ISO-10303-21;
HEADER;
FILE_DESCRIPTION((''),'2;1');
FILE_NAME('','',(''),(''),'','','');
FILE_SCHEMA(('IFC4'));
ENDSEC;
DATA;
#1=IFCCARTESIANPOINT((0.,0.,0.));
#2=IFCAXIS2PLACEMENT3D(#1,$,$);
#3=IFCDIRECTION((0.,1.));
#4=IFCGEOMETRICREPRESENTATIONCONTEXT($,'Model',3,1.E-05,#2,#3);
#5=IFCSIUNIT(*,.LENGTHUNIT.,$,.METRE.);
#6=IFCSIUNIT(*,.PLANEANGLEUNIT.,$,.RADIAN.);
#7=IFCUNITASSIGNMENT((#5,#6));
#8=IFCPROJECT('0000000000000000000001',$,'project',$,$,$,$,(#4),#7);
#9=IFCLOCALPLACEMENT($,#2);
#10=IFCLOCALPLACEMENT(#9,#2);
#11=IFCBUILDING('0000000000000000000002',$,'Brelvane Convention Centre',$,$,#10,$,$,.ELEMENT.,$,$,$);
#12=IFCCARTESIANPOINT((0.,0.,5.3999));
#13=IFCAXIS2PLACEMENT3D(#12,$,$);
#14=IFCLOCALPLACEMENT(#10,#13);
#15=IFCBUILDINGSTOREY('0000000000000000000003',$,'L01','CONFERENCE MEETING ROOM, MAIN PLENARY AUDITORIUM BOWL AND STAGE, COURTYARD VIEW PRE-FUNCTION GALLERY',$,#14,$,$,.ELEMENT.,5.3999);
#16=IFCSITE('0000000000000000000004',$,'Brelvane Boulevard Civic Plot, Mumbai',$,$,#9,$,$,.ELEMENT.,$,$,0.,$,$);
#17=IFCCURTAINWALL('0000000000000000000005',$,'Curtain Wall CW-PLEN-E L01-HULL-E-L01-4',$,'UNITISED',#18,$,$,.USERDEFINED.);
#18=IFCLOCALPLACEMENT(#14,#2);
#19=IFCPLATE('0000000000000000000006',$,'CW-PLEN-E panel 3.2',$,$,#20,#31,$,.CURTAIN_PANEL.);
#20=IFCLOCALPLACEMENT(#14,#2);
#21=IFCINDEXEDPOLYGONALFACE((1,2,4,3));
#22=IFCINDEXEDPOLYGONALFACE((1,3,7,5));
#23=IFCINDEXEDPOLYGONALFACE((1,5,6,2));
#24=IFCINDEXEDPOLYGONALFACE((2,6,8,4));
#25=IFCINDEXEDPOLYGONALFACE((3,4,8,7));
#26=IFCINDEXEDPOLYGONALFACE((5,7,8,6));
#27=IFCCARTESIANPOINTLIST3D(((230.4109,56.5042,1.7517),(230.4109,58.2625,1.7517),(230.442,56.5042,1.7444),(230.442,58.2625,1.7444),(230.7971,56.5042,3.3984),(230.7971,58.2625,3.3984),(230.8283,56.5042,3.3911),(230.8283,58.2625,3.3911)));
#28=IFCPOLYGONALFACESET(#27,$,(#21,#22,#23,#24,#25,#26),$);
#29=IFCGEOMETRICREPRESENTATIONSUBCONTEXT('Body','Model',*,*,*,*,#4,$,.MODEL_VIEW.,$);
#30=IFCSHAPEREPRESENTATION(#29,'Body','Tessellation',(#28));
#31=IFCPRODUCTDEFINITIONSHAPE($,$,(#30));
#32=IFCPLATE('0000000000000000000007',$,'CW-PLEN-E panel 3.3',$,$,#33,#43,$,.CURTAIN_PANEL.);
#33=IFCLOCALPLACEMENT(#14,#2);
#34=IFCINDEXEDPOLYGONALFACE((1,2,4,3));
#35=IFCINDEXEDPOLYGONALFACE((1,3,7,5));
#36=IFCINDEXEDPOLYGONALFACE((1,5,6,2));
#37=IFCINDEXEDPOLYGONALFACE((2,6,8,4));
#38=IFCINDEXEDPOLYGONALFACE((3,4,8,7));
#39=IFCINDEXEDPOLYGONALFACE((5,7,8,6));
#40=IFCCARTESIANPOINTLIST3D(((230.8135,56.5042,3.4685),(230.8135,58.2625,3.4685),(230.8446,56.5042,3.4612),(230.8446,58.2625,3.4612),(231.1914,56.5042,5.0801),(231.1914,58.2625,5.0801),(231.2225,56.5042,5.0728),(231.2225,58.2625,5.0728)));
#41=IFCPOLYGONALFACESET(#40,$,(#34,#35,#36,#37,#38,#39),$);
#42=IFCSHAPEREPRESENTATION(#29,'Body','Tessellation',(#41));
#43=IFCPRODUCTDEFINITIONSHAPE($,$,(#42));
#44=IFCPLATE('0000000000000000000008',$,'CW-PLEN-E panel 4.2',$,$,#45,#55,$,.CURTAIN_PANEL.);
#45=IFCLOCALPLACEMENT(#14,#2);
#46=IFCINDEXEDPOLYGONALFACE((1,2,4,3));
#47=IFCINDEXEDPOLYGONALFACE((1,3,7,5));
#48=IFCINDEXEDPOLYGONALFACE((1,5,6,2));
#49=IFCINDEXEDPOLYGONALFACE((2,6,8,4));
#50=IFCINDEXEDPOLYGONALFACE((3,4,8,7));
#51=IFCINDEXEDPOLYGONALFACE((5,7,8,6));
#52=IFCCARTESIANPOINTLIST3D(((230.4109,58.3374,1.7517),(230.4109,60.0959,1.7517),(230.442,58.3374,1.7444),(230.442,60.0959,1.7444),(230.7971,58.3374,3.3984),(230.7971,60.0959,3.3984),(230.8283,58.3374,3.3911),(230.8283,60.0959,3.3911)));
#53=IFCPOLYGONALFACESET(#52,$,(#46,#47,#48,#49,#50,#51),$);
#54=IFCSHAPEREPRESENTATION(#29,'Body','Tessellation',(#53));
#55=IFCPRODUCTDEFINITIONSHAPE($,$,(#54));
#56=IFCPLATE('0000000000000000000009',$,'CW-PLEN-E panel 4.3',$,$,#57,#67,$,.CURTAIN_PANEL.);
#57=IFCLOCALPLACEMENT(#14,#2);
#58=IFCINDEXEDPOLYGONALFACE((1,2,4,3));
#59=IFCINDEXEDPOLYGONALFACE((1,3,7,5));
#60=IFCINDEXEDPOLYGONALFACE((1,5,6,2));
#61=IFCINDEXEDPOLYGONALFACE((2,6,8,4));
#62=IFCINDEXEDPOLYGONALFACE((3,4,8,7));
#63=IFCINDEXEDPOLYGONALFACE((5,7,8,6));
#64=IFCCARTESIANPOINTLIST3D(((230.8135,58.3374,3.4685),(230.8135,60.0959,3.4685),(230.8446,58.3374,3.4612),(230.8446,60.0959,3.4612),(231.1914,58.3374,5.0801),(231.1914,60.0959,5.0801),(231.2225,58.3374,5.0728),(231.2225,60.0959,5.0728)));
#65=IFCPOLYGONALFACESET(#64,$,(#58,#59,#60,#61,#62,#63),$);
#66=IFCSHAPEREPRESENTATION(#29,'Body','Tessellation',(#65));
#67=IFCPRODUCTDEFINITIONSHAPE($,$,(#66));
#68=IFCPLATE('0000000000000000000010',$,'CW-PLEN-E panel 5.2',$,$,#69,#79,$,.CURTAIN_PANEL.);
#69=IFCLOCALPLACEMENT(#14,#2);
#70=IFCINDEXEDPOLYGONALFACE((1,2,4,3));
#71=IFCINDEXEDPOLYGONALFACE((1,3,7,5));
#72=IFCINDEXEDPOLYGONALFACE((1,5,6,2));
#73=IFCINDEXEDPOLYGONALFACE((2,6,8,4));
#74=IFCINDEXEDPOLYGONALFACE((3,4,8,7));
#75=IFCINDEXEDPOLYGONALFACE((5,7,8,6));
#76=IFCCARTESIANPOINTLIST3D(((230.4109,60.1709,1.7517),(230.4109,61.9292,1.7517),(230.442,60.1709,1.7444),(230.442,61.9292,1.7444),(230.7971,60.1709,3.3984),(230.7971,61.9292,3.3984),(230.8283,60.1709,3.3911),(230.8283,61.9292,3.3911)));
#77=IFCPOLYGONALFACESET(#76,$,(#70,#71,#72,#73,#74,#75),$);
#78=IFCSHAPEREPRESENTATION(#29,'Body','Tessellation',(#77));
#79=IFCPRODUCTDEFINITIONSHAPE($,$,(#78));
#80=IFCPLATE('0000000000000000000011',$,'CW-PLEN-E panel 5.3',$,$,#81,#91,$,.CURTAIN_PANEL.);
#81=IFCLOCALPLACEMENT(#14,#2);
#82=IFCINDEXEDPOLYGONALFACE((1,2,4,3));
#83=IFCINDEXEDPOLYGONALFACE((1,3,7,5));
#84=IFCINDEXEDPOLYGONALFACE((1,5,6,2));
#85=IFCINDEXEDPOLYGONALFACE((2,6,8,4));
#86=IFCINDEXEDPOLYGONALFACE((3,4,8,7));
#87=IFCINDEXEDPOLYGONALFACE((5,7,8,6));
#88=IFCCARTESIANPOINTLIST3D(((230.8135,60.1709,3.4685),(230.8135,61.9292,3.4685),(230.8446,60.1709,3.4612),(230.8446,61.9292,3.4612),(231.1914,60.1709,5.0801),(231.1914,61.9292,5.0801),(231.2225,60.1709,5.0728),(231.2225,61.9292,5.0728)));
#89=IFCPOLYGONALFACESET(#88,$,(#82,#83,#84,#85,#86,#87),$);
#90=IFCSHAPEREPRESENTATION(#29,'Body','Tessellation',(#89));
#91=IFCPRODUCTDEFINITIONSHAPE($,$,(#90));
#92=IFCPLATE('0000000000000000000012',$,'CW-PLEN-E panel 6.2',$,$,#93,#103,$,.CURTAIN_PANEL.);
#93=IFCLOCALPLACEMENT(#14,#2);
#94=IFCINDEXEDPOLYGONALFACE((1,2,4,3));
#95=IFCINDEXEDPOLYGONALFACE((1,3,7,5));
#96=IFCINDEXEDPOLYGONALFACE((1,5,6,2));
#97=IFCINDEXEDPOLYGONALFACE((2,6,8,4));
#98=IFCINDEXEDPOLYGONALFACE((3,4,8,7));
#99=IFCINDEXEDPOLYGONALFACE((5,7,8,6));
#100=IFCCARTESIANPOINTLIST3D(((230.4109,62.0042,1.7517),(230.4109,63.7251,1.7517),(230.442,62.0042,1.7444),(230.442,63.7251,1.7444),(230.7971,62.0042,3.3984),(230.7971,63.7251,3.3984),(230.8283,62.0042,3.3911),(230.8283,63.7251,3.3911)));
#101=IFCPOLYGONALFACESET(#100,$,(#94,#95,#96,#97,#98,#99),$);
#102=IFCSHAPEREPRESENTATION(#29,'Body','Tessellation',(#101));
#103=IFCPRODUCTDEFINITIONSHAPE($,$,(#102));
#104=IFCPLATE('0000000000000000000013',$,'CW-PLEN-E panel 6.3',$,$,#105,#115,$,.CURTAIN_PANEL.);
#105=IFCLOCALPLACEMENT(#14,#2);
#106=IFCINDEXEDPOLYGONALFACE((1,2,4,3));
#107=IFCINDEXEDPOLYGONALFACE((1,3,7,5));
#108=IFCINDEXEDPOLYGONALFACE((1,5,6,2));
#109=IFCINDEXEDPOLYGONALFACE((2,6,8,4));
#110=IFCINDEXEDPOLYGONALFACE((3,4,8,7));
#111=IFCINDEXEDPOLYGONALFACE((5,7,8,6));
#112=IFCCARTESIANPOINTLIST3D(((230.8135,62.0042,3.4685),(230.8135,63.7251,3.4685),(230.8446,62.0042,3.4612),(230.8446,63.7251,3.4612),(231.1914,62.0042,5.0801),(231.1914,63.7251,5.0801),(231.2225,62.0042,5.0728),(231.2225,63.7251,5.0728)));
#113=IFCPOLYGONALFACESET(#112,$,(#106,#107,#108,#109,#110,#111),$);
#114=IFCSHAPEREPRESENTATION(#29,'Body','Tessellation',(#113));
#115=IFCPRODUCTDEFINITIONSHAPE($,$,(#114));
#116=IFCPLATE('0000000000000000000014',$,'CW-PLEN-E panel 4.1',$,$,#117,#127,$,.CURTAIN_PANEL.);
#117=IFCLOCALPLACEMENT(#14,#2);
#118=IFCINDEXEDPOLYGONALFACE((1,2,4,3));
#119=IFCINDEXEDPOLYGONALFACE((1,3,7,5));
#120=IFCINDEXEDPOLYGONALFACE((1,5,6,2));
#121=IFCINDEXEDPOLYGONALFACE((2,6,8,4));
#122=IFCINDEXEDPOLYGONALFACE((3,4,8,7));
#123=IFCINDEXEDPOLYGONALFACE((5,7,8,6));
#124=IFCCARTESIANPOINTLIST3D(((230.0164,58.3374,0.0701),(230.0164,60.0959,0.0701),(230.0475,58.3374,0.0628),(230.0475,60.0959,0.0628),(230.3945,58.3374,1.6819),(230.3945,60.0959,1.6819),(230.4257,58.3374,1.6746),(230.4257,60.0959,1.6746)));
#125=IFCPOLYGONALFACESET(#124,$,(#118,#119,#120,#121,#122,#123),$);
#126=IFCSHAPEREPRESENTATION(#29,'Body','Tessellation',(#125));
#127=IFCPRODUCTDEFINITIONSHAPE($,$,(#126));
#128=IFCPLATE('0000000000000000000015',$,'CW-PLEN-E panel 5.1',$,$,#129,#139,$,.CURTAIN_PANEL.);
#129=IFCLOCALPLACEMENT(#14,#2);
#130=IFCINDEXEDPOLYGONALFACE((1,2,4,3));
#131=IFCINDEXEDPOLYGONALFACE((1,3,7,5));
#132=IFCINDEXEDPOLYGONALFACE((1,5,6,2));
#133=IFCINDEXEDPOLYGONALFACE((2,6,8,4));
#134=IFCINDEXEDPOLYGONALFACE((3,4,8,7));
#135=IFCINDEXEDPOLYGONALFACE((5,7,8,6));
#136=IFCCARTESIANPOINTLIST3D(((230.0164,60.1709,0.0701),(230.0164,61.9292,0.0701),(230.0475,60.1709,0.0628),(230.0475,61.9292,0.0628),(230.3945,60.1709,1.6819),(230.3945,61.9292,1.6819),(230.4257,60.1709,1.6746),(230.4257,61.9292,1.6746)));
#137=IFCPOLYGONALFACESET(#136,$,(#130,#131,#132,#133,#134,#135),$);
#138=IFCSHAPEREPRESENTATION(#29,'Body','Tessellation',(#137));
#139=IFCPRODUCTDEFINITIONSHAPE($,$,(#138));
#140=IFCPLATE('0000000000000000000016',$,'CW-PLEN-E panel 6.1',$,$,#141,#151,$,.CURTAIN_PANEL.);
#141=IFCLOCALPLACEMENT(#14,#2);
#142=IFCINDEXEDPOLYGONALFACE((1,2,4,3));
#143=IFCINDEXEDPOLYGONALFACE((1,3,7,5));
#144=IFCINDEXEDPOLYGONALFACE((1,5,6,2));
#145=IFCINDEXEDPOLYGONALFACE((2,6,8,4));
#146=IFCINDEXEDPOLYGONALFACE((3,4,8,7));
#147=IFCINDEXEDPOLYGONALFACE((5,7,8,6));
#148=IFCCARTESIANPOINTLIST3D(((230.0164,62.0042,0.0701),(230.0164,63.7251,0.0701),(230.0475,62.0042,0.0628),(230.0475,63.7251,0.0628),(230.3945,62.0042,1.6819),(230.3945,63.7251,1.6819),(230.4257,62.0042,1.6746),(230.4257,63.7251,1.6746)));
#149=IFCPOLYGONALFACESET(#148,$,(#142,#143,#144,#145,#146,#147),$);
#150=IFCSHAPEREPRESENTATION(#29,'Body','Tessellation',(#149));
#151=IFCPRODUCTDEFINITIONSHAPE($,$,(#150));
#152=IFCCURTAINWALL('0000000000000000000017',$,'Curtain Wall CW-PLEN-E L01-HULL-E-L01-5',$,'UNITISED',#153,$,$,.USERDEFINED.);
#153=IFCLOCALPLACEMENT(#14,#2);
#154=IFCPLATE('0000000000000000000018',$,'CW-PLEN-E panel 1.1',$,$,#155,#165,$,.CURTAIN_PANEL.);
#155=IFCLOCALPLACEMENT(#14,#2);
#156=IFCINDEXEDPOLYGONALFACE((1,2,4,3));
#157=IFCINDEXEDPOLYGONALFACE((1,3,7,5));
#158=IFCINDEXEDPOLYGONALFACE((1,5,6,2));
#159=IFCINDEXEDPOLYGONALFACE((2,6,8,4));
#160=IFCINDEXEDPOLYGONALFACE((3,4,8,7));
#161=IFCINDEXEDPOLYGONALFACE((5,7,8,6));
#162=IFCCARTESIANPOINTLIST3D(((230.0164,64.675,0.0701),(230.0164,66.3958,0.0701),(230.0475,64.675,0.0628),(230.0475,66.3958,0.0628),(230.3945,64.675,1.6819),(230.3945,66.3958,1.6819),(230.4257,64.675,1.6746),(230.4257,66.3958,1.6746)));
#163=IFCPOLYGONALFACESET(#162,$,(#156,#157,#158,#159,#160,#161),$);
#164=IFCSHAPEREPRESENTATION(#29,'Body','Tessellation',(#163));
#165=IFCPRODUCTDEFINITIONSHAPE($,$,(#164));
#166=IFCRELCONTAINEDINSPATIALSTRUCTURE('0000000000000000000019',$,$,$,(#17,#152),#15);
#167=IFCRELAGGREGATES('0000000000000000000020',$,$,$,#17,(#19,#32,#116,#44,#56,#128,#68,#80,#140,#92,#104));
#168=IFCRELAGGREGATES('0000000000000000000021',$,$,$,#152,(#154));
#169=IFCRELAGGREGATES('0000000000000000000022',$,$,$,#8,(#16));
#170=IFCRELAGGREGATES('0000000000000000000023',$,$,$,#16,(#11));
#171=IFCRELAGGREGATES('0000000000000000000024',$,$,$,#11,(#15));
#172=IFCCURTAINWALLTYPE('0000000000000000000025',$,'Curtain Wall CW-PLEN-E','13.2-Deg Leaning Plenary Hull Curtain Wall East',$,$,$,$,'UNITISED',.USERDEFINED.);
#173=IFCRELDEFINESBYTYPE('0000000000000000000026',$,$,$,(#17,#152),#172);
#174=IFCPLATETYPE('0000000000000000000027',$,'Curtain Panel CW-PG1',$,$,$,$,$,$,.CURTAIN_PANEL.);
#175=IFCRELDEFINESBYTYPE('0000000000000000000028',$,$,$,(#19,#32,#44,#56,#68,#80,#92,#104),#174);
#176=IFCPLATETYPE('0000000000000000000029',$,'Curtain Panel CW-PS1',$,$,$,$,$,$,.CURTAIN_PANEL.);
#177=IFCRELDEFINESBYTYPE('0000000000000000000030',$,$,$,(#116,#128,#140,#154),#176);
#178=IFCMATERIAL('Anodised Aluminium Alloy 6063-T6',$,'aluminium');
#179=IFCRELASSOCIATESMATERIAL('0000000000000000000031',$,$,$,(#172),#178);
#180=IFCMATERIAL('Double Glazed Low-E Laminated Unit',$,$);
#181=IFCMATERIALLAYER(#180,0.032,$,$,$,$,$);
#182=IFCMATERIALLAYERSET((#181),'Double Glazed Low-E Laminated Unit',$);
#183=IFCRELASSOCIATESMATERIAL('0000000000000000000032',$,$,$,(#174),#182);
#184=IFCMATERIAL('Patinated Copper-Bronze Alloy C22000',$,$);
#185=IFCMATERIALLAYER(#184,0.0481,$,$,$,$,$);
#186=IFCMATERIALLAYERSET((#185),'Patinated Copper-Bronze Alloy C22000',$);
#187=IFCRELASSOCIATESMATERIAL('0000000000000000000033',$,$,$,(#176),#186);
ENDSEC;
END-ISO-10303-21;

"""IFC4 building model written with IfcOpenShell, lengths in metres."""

from ifc_helpers import new_model, si_unit, direction, frame, origin, place, context, subcontext, project, spatial, polyline, outline, extrude, material, layer, layer_set, type_object, element, aggregate, save


model = new_model("IFC4")

# Units and contexts
model_context = context("Model", 3, precision=1e-05, world=origin(), true_north=direction((0.0, 1.0)))
body_context = subcontext(model_context, "Body", "Model", "MODEL_VIEW")
ifc_project = project(units=[si_unit("LENGTHUNIT", "METRE"), si_unit("PLANEANGLEUNIT", "RADIAN")], contexts=[model_context])

# Site, building, storey
site_placement = place(None, origin())
site = spatial("IfcSite", under=ifc_project, at=site_placement, Name="Brelvane Boulevard Civic Plot, Mumbai", CompositionType="ELEMENT", RefElevation=0.0)
building_placement = place(site_placement, origin())
building = spatial("IfcBuilding", under=site, at=building_placement, Name="Brelvane Convention Centre", CompositionType="ELEMENT")
storey_placement = place(building_placement, frame((0.0, 0.0, 5.3999)))
storey = spatial("IfcBuildingStorey", under=building, at=storey_placement, Name="L01", Description="CONFERENCE MEETING ROOM, MAIN PLENARY AUDITORIUM BOWL AND STAGE, COURTYARD VIEW PRE-FUNCTION GALLERY", CompositionType="ELEMENT", Elevation=5.3999)

# Curtain wall, plates
ifc_material_1 = material(Name="Anodised Aluminium Alloy 6063-T6", Category="aluminium")
curtain_wall_type = type_object("IfcCurtainWallType", Name="Curtain Wall CW-PLEN-E", Description="13.2-Deg Leaning Plenary Hull Curtain Wall East", ElementType="UNITISED", PredefinedType="USERDEFINED", material=ifc_material_1)
curtain_wall_1_placement = place(storey_placement, origin())
curtain_wall_1 = element("IfcCurtainWall", 1, at=curtain_wall_1_placement, inside=storey, type_object=curtain_wall_type, Name="Curtain Wall CW-PLEN-E L01-HULL-E-L01-4", ObjectType="UNITISED", PredefinedType="USERDEFINED")
ifc_material_2 = material(Name="Double Glazed Low-E Laminated Unit")
ifc_layer_1 = layer(ifc_material_2, 0.032)
ifc_layer_set_1 = layer_set([ifc_layer_1], Name="Double Glazed Low-E Laminated Unit")
plate_type_1 = type_object("IfcPlateType", Name="Curtain Panel CW-PG1", PredefinedType="CURTAIN_PANEL", material=ifc_layer_set_1)
plate_1_placement = place(storey_placement, frame((230.4109, 56.5042, 1.7517), z_axis=(-0.97358, 0.0, 0.228347), x_axis=(0.0, 1.0, 0.0)))
plate_1 = element("IfcPlate", 2, at=plate_1_placement, type_object=plate_type_1, Name="CW-PLEN-E panel 3.2", PredefinedType="CURTAIN_PANEL", context=body_context, shape_type="SweptSolid", body=[
    extrude(outline(polyline([(0.0, 0.0), (1.7583, 0.0), (1.7583, -1.6914), (0.0, -1.6914), (0.0, 0.0)])), origin(), (0.0, 0.0, -1.0), 0.032),
])
plate_2_placement = place(storey_placement, frame((230.8135, 56.5042, 3.4685), z_axis=(-0.973587, 0.0, 0.228316), x_axis=(0.0, 1.0, 0.0)))
plate_2 = element("IfcPlate", 3, at=plate_2_placement, type_object=plate_type_1, Name="CW-PLEN-E panel 3.3", PredefinedType="CURTAIN_PANEL", context=body_context, shape_type="SweptSolid", body=[
    extrude(outline(polyline([(0.0, 0.0), (1.7583, 0.0), (1.7583, -1.6553), (0.0, -1.6553), (0.0, 0.0)])), origin(), (0.0, 0.0, -1.0), 0.032),
])
plate_3_placement = place(storey_placement, frame((230.4109, 58.3374, 1.7517), z_axis=(-0.97358, 0.0, 0.228347), x_axis=(0.0, 1.0, 0.0)))
plate_3 = element("IfcPlate", 4, at=plate_3_placement, type_object=plate_type_1, Name="CW-PLEN-E panel 4.2", PredefinedType="CURTAIN_PANEL", context=body_context, shape_type="SweptSolid", body=[
    extrude(outline(polyline([(0.0, 0.0), (1.7585, 0.0), (1.7585, -1.6914), (0.0, -1.6914), (0.0, 0.0)])), origin(), (0.0, 0.0, -1.0), 0.032),
])
plate_4_placement = place(storey_placement, frame((230.8135, 58.3374, 3.4685), z_axis=(-0.973587, 0.0, 0.228316), x_axis=(0.0, 1.0, 0.0)))
plate_4 = element("IfcPlate", 5, at=plate_4_placement, type_object=plate_type_1, Name="CW-PLEN-E panel 4.3", PredefinedType="CURTAIN_PANEL", context=body_context, shape_type="SweptSolid", body=[
    extrude(outline(polyline([(0.0, 0.0), (1.7585, 0.0), (1.7585, -1.6553), (0.0, -1.6553), (0.0, 0.0)])), origin(), (0.0, 0.0, -1.0), 0.032),
])
plate_5_placement = place(storey_placement, frame((230.4109, 60.1709, 1.7517), z_axis=(-0.97358, 0.0, 0.228347), x_axis=(0.0, 1.0, 0.0)))
plate_5 = element("IfcPlate", 6, at=plate_5_placement, type_object=plate_type_1, Name="CW-PLEN-E panel 5.2", PredefinedType="CURTAIN_PANEL", context=body_context, shape_type="SweptSolid", body=[
    extrude(outline(polyline([(0.0, 0.0), (1.7583, 0.0), (1.7583, -1.6914), (0.0, -1.6914), (0.0, 0.0)])), origin(), (0.0, 0.0, -1.0), 0.032),
])
plate_6_placement = place(storey_placement, frame((230.8135, 60.1709, 3.4685), z_axis=(-0.973587, 0.0, 0.228316), x_axis=(0.0, 1.0, 0.0)))
plate_6 = element("IfcPlate", 7, at=plate_6_placement, type_object=plate_type_1, Name="CW-PLEN-E panel 5.3", PredefinedType="CURTAIN_PANEL", context=body_context, shape_type="SweptSolid", body=[
    extrude(outline(polyline([(0.0, 0.0), (1.7583, 0.0), (1.7583, -1.6553), (0.0, -1.6553), (0.0, 0.0)])), origin(), (0.0, 0.0, -1.0), 0.032),
])
plate_7_placement = place(storey_placement, frame((230.4109, 62.0042, 1.7517), z_axis=(-0.97358, 0.0, 0.228347), x_axis=(0.0, 1.0, 0.0)))
plate_7 = element("IfcPlate", 8, at=plate_7_placement, type_object=plate_type_1, Name="CW-PLEN-E panel 6.2", PredefinedType="CURTAIN_PANEL", context=body_context, shape_type="SweptSolid", body=[
    extrude(outline(polyline([(0.0, 0.0), (1.7209, 0.0), (1.7209, -1.6914), (0.0, -1.6914), (0.0, 0.0)])), origin(), (0.0, 0.0, -1.0), 0.032),
])
plate_8_placement = place(storey_placement, frame((230.8135, 62.0042, 3.4685), z_axis=(-0.973587, 0.0, 0.228316), x_axis=(0.0, 1.0, 0.0)))
plate_8 = element("IfcPlate", 9, at=plate_8_placement, type_object=plate_type_1, Name="CW-PLEN-E panel 6.3", PredefinedType="CURTAIN_PANEL", context=body_context, shape_type="SweptSolid", body=[
    extrude(outline(polyline([(0.0, 0.0), (1.7209, 0.0), (1.7209, -1.6553), (0.0, -1.6553), (0.0, 0.0)])), origin(), (0.0, 0.0, -1.0), 0.032),
])
ifc_material_3 = material(Name="Patinated Copper-Bronze Alloy C22000")
ifc_layer_2 = layer(ifc_material_3, 0.0481)
ifc_layer_set_2 = layer_set([ifc_layer_2], Name="Patinated Copper-Bronze Alloy C22000")
plate_type_2 = type_object("IfcPlateType", Name="Curtain Panel CW-PS1", PredefinedType="CURTAIN_PANEL", material=ifc_layer_set_2)
plate_9_placement = place(storey_placement, frame((230.0164, 58.3374, 0.0701), z_axis=(-0.973562, 0.0, 0.228423), x_axis=(0.0, 1.0, 0.0)))
plate_9 = element("IfcPlate", 10, at=plate_9_placement, type_object=plate_type_2, Name="CW-PLEN-E panel 4.1", PredefinedType="CURTAIN_PANEL", context=body_context, shape_type="SweptSolid", body=[
    extrude(outline(polyline([(0.0, 0.0), (1.7585, 0.0), (1.7585, -1.6556), (0.0, -1.6556), (0.0, 0.0)])), origin(), (0.0, 0.0, -1.0), 0.032),
])
plate_10_placement = place(storey_placement, frame((230.0164, 60.1709, 0.0701), z_axis=(-0.973562, 0.0, 0.228423), x_axis=(0.0, 1.0, 0.0)))
plate_10 = element("IfcPlate", 11, at=plate_10_placement, type_object=plate_type_2, Name="CW-PLEN-E panel 5.1", PredefinedType="CURTAIN_PANEL", context=body_context, shape_type="SweptSolid", body=[
    extrude(outline(polyline([(0.0, 0.0), (1.7583, 0.0), (1.7583, -1.6556), (0.0, -1.6556), (0.0, 0.0)])), origin(), (0.0, 0.0, -1.0), 0.032),
])
plate_11_placement = place(storey_placement, frame((230.0164, 62.0042, 0.0701), z_axis=(-0.973562, 0.0, 0.228423), x_axis=(0.0, 1.0, 0.0)))
plate_11 = element("IfcPlate", 12, at=plate_11_placement, type_object=plate_type_2, Name="CW-PLEN-E panel 6.1", PredefinedType="CURTAIN_PANEL", context=body_context, shape_type="SweptSolid", body=[
    extrude(outline(polyline([(0.0, 0.0), (1.7209, 0.0), (1.7209, -1.6556), (0.0, -1.6556), (0.0, 0.0)])), origin(), (0.0, 0.0, -1.0), 0.032),
])
aggregate(curtain_wall_1, [plate_1, plate_2, plate_9, plate_3, plate_4, plate_10, plate_5, plate_6, plate_11, plate_7, plate_8])

# Curtain wall, plate
curtain_wall_2_placement = place(storey_placement, origin())
curtain_wall_2 = element("IfcCurtainWall", 13, at=curtain_wall_2_placement, inside=storey, type_object=curtain_wall_type, Name="Curtain Wall CW-PLEN-E L01-HULL-E-L01-5", ObjectType="UNITISED", PredefinedType="USERDEFINED")
plate_12_placement = place(storey_placement, frame((230.0164, 64.675, 0.0701), z_axis=(-0.973562, 0.0, 0.228423), x_axis=(0.0, 1.0, 0.0)))
plate_12 = element("IfcPlate", 14, at=plate_12_placement, type_object=plate_type_2, Name="CW-PLEN-E panel 1.1", PredefinedType="CURTAIN_PANEL", context=body_context, shape_type="SweptSolid", body=[
    extrude(outline(polyline([(0.0, 0.0), (1.7207, 0.0), (1.7207, -1.6556), (0.0, -1.6556), (0.0, 0.0)])), origin(), (0.0, 0.0, -1.0), 0.032),
])
aggregate(curtain_wall_2, [plate_12])

save(model, "model.ifc")
